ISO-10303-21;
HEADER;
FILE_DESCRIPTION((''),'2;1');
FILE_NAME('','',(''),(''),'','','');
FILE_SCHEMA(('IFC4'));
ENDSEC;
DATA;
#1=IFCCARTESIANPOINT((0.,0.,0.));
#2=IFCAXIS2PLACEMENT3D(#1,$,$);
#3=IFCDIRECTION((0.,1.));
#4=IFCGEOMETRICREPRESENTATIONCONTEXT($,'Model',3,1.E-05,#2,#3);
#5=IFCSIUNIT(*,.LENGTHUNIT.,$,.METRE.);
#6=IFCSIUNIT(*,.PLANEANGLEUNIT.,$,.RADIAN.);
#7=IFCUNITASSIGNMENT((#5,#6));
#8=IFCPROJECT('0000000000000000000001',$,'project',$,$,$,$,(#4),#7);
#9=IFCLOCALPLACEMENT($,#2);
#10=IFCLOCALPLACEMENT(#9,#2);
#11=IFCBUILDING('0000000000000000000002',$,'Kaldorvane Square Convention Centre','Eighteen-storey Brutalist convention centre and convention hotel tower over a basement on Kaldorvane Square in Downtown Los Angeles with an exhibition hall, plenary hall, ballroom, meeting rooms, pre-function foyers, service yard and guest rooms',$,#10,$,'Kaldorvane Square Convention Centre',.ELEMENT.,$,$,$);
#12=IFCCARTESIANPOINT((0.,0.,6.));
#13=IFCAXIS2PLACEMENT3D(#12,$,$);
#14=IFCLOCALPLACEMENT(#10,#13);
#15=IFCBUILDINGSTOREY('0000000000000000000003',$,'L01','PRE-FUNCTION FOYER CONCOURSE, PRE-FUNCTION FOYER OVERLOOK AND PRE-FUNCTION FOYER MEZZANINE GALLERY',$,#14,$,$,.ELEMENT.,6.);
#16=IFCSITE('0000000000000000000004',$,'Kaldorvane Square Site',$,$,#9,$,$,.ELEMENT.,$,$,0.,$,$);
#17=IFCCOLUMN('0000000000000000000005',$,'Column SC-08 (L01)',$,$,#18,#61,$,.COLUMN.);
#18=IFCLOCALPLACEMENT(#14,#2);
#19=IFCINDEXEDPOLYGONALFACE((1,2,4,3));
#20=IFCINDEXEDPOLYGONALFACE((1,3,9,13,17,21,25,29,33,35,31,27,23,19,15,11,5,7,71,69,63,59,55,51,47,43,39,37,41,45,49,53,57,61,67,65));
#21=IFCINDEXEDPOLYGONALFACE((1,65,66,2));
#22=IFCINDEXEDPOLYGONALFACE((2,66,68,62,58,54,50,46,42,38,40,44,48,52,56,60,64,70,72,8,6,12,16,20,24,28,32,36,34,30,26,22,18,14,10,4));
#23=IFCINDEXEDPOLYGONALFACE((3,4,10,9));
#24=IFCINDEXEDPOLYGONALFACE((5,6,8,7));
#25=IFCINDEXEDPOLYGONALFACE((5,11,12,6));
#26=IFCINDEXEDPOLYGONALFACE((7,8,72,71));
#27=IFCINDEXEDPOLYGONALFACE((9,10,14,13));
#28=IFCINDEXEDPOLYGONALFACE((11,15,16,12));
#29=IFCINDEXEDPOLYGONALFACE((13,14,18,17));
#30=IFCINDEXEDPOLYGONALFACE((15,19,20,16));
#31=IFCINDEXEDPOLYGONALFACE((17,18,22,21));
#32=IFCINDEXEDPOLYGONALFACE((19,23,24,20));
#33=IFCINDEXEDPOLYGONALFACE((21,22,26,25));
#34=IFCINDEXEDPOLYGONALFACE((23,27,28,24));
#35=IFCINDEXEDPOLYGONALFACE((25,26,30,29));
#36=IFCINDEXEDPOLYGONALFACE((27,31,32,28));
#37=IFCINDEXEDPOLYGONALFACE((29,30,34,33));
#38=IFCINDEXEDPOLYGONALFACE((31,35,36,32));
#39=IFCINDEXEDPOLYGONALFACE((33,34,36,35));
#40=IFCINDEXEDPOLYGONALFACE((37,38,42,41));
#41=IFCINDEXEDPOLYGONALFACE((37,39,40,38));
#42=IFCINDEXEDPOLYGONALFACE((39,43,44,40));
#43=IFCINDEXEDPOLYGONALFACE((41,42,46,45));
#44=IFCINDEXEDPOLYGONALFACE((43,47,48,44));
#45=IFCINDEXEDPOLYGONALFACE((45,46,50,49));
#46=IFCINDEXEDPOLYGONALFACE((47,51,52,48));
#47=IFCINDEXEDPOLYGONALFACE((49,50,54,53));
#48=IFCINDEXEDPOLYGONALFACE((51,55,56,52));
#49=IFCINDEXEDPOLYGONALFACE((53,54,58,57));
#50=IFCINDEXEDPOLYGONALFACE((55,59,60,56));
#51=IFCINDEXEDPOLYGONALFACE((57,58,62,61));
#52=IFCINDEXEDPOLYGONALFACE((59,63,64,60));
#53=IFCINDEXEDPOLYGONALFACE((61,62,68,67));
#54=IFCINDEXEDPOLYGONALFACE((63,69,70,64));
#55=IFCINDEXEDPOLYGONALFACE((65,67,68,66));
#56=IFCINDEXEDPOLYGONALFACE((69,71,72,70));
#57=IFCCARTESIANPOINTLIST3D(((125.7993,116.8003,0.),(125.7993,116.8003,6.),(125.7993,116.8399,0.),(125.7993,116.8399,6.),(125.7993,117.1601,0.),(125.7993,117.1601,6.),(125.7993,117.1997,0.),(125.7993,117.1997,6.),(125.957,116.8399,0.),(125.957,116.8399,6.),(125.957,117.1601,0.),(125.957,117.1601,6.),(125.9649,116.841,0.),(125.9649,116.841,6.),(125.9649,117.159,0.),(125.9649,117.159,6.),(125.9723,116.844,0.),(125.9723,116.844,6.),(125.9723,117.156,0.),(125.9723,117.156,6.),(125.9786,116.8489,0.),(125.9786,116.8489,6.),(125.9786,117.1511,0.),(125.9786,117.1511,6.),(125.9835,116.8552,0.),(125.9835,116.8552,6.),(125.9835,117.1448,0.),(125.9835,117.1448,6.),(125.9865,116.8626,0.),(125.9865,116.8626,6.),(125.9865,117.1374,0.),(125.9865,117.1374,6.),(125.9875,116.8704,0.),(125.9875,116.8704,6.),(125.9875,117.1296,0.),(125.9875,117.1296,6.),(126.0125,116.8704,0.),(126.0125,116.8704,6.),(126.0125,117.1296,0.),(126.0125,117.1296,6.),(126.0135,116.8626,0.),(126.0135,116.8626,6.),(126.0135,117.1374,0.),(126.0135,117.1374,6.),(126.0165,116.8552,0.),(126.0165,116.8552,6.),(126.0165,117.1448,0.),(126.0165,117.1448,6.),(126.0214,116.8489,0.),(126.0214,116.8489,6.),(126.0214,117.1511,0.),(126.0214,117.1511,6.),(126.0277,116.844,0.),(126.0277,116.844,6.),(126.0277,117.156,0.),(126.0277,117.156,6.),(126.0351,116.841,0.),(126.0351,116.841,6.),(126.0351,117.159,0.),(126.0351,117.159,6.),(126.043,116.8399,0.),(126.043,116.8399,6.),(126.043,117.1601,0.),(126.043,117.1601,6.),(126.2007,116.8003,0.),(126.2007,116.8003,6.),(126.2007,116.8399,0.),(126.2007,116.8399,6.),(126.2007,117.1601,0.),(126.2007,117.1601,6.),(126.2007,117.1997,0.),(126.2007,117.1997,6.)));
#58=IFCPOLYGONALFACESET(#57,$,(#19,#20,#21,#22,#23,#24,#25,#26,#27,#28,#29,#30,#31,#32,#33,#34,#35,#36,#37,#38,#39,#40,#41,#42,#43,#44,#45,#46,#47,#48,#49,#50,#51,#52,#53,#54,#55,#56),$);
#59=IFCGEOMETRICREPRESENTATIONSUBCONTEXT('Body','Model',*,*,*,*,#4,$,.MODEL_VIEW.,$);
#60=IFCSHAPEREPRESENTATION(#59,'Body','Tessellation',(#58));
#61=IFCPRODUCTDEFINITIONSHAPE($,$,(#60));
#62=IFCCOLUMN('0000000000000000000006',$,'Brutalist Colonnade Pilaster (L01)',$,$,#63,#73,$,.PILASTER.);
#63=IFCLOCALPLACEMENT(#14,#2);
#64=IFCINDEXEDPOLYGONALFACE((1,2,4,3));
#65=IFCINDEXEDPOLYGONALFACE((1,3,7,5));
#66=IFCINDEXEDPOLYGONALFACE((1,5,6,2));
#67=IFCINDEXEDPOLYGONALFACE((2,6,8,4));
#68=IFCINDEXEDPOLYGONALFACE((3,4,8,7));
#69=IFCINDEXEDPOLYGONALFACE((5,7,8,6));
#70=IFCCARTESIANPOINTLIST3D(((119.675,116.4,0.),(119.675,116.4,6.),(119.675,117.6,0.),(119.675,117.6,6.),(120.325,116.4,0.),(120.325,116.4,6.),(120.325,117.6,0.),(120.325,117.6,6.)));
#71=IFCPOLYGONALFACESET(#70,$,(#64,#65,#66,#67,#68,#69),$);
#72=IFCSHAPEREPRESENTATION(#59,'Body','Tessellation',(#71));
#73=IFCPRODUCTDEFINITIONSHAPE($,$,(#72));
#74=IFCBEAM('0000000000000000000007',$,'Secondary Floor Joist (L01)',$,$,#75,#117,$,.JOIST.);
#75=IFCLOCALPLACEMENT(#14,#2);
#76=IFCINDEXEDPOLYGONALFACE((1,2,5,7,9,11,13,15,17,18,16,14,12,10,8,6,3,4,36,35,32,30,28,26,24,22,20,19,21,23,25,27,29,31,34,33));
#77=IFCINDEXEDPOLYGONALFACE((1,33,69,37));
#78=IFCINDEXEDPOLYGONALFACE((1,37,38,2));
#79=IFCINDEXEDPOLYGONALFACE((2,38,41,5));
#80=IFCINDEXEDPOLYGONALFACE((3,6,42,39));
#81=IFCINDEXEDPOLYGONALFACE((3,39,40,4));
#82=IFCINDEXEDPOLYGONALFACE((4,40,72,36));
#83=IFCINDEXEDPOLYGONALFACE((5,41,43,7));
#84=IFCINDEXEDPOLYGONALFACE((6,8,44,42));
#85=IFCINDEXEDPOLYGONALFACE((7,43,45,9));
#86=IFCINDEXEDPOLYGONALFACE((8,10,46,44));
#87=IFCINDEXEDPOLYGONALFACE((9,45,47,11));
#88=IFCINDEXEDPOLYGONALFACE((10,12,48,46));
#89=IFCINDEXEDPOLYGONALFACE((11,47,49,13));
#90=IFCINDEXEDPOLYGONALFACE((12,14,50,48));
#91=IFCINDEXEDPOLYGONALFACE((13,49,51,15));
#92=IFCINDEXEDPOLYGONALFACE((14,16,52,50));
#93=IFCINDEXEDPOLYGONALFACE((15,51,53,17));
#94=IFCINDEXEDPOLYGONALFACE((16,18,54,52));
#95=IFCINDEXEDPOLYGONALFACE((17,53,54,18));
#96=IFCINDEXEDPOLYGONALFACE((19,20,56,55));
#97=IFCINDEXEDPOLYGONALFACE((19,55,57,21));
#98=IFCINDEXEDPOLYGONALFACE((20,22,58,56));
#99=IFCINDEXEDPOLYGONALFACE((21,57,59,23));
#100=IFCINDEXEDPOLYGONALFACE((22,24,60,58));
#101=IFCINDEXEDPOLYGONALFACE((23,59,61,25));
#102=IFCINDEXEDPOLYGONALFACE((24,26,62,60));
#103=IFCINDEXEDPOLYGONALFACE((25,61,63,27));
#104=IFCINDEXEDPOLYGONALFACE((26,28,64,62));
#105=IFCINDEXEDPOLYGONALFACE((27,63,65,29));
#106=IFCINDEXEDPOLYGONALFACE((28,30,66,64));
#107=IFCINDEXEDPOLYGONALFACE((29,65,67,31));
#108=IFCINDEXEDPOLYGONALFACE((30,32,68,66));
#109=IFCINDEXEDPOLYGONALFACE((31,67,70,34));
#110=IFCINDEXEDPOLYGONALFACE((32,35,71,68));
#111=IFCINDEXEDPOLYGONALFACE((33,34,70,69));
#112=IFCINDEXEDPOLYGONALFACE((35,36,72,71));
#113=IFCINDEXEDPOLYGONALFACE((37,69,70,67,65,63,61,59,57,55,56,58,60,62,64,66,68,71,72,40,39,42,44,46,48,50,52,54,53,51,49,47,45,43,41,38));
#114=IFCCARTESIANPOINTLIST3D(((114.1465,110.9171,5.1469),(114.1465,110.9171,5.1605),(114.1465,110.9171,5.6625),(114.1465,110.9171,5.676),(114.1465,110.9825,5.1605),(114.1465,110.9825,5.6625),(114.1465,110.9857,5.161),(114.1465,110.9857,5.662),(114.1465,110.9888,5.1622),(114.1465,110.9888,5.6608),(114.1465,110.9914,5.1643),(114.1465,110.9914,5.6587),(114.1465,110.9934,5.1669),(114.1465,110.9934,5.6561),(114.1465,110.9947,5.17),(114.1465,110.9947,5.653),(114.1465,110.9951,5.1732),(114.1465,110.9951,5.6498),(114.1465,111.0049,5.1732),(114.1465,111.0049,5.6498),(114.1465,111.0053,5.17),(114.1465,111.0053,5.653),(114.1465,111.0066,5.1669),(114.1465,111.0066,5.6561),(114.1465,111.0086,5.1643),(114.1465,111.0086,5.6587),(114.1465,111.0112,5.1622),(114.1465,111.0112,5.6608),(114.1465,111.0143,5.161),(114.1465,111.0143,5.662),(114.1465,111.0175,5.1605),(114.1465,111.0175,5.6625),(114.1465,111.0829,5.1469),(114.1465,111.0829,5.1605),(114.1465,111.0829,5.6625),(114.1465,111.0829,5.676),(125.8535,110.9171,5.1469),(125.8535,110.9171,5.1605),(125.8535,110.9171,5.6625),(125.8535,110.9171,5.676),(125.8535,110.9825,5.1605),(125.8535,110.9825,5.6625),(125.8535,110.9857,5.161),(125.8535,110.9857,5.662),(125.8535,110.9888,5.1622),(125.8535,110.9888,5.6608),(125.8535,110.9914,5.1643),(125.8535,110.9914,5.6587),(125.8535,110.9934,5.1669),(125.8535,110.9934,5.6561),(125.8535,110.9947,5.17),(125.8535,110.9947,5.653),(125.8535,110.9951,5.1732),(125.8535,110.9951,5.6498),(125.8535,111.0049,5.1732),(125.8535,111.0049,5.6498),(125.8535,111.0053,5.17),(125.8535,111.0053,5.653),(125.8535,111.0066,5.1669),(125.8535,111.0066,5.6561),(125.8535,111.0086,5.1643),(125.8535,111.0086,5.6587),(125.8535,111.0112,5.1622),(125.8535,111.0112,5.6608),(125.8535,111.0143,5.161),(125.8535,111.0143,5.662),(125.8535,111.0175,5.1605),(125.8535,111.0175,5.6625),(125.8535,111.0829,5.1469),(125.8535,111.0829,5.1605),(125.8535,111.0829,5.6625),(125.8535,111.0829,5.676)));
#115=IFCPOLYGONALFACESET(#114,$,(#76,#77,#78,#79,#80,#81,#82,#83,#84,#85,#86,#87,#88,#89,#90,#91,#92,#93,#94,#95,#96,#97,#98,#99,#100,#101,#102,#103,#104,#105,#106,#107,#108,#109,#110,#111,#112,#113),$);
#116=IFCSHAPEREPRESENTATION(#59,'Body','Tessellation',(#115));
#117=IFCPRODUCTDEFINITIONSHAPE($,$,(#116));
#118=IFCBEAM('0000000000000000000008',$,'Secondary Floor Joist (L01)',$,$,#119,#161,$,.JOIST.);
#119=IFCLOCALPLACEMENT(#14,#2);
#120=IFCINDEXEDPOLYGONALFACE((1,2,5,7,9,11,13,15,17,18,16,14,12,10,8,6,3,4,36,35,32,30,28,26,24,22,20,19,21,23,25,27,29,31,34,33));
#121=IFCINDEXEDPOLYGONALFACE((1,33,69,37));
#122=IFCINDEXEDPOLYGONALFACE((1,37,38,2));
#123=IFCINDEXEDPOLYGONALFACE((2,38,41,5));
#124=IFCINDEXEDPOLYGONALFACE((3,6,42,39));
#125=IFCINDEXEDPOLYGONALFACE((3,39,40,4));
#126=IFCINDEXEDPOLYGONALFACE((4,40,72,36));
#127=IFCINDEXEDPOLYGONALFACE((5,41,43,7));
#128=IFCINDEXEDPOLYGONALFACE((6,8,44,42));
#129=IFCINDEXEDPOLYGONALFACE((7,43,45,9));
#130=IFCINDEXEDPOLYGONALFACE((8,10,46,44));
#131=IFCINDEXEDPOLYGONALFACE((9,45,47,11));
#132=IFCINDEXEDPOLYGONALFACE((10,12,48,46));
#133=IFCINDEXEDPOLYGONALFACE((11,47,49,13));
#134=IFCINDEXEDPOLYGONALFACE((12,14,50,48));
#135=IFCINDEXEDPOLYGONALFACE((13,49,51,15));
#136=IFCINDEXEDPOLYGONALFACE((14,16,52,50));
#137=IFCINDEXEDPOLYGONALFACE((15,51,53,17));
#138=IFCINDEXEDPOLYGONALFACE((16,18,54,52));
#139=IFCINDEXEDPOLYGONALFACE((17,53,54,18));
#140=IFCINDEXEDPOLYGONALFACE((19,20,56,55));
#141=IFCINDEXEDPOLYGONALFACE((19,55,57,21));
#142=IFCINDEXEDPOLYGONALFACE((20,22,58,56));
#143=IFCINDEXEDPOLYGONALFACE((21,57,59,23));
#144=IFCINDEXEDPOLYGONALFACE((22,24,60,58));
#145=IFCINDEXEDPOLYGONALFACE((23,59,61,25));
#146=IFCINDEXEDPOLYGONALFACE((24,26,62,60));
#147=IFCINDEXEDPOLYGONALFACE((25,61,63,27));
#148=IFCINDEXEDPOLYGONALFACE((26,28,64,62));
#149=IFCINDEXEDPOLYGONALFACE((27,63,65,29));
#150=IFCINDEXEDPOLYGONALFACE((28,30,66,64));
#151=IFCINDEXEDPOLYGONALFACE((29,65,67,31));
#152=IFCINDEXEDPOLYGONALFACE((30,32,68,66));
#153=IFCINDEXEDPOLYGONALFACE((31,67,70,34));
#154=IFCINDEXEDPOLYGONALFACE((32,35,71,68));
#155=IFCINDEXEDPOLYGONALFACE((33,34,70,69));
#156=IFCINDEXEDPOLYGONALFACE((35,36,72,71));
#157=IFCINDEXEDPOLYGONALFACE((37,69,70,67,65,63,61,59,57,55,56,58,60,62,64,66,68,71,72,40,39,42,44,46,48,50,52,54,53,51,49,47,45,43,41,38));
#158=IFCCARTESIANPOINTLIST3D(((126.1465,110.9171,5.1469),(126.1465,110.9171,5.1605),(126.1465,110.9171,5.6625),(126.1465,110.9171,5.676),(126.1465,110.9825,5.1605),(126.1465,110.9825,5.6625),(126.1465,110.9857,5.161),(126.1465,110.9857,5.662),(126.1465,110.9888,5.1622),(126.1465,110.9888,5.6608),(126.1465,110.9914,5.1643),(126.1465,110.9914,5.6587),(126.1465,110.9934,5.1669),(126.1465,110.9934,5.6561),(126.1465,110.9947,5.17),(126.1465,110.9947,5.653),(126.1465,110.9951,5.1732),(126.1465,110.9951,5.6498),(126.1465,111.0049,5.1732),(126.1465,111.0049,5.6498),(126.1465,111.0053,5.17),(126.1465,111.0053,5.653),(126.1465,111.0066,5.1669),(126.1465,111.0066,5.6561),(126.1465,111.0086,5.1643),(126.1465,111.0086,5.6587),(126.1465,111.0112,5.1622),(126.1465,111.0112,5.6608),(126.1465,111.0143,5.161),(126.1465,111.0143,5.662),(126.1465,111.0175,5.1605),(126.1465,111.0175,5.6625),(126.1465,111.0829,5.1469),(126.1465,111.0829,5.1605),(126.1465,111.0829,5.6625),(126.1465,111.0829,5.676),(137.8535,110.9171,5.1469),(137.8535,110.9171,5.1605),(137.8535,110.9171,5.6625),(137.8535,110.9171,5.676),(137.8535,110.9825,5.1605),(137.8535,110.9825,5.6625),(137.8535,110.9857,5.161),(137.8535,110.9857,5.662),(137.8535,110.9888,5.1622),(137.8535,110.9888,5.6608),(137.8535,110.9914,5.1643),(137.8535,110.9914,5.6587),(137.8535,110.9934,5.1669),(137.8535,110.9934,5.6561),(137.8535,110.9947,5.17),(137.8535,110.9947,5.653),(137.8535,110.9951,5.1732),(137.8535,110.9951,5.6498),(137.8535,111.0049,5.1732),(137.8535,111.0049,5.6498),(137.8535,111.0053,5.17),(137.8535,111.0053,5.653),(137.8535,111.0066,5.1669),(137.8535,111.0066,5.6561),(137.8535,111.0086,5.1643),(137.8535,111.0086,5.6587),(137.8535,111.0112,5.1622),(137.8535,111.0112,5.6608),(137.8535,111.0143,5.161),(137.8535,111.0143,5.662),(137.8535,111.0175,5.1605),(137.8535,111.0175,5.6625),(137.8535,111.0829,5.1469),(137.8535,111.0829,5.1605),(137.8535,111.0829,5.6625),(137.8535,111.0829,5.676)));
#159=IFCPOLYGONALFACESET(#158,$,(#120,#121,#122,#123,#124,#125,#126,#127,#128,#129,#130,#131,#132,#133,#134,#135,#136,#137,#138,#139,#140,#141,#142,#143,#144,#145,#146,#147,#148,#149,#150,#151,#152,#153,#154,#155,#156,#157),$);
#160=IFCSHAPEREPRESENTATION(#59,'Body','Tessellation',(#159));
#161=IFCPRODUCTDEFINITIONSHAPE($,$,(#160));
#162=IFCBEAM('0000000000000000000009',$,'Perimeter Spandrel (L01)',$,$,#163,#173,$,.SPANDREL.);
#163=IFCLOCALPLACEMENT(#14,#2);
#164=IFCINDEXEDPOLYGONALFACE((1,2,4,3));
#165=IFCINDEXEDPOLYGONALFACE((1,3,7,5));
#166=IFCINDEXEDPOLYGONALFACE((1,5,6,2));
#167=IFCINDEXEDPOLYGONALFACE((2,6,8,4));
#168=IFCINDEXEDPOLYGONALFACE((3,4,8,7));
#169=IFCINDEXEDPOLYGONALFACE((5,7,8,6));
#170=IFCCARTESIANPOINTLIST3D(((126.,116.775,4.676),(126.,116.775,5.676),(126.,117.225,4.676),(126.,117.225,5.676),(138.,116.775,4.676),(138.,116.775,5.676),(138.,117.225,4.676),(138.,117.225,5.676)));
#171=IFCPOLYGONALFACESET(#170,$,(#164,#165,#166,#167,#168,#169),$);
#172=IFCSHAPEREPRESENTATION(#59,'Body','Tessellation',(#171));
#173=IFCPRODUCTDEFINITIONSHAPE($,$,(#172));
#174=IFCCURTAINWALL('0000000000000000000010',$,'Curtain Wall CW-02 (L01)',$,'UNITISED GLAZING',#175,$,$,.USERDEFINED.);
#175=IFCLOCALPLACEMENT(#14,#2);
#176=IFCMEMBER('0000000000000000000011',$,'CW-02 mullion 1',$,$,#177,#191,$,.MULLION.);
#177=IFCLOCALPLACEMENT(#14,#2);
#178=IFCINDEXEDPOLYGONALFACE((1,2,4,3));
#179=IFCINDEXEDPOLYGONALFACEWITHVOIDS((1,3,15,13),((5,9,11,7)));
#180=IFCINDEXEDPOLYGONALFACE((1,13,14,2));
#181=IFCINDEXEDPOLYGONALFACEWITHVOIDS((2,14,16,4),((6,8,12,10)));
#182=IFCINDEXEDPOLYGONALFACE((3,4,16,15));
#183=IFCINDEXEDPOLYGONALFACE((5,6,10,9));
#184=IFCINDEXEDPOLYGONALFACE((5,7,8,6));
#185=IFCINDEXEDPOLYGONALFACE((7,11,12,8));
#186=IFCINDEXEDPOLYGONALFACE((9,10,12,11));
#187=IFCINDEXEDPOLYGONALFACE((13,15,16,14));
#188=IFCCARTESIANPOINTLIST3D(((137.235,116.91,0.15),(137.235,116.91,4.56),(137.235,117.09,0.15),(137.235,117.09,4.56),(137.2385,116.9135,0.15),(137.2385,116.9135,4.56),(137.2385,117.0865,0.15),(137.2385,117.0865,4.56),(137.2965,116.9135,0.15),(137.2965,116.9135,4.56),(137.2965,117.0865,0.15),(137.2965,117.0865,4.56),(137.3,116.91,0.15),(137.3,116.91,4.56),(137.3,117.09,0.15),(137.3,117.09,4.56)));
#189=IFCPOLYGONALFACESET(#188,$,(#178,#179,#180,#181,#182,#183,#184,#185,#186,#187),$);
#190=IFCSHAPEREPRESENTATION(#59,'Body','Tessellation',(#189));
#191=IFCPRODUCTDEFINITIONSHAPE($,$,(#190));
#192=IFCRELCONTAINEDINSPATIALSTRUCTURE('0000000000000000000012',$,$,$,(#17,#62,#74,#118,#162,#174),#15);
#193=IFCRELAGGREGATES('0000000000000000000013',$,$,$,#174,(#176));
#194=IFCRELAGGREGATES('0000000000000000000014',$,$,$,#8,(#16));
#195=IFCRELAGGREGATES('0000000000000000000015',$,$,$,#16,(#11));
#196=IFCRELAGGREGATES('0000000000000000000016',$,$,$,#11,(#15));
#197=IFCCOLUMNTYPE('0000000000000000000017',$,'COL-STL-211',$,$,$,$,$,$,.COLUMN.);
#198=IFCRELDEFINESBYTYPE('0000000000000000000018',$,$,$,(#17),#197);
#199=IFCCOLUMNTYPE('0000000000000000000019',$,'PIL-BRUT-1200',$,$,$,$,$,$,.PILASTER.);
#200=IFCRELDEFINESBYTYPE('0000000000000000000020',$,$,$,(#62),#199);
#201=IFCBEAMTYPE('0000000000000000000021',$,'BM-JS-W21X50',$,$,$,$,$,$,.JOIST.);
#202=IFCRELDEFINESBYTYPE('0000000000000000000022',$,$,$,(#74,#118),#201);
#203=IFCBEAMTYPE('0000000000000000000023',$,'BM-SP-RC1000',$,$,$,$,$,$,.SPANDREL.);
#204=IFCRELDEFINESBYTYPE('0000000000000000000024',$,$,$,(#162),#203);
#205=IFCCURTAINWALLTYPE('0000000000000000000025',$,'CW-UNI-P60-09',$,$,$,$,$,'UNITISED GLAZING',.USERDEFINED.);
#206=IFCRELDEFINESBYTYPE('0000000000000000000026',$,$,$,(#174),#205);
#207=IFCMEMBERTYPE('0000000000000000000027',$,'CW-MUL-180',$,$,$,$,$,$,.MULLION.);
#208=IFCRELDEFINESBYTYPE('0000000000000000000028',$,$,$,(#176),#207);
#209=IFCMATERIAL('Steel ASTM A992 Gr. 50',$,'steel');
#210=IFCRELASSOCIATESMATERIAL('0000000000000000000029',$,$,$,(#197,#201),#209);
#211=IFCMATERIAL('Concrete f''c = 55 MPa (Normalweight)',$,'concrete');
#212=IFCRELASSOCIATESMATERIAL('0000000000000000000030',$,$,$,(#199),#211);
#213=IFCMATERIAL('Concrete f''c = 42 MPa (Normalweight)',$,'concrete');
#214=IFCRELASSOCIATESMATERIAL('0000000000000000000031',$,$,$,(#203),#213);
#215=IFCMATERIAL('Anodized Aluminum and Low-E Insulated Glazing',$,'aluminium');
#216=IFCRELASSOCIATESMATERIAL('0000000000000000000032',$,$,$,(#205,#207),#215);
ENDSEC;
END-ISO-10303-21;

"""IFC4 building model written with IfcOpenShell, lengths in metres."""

from ifc_helpers import new_model, si_unit, direction, frame, origin, origin_2d, place, context, subcontext, project, spatial, rectangle, hollow_rectangle, i_section, extrude, material, material_profile, profile_set, type_object, element, aggregate, save


model = new_model("IFC4")

# Units and contexts
model_context = context("Model", 3, precision=1e-05, world=origin(), true_north=direction((0.0, 1.0)))
body_context = subcontext(model_context, "Body", "Model", "MODEL_VIEW")
ifc_project = project(units=[si_unit("LENGTHUNIT", "METRE"), si_unit("PLANEANGLEUNIT", "RADIAN")], contexts=[model_context])

# Site, building, storey
site_placement = place(None, origin())
site = spatial("IfcSite", under=ifc_project, at=site_placement, Name="Kaldorvane Square Site", CompositionType="ELEMENT", RefElevation=0.0)
building_placement = place(site_placement, origin())
building = spatial("IfcBuilding", under=site, at=building_placement, Name="Kaldorvane Square Convention Centre", Description="Eighteen-storey Brutalist convention centre and convention hotel tower over a basement on Kaldorvane Square in Downtown Los Angeles with an exhibition hall, plenary hall, ballroom, meeting rooms, pre-function foyers, service yard and guest rooms", LongName="Kaldorvane Square Convention Centre", CompositionType="ELEMENT")
storey_placement = place(building_placement, frame((0.0, 0.0, 6.0)))
storey = spatial("IfcBuildingStorey", under=building, at=storey_placement, Name="L01", Description="PRE-FUNCTION FOYER CONCOURSE, PRE-FUNCTION FOYER OVERLOOK AND PRE-FUNCTION FOYER MEZZANINE GALLERY", CompositionType="ELEMENT", Elevation=6.0)

# Columns
ifc_material_1 = material(Name="Steel ASTM A992 Gr. 50", Category="steel")
ifc_material_profile_1 = material_profile(ifc_material_1, i_section(OverallWidth=0.4013, OverallDepth=0.3993, WebThickness=0.0249, FlangeThickness=0.0396, FilletRadius=0.0305, at=origin_2d()), Name="W14X211")
ifc_profile_set_1 = profile_set([ifc_material_profile_1], Name="Steel ASTM A992 Gr. 50")
column_type_1 = type_object("IfcColumnType", Name="COL-STL-211", PredefinedType="COLUMN", material=ifc_profile_set_1)
column_1_placement = place(storey_placement, frame((126.0, 117.0, 0.0), z_axis=(0.0, 0.0, 1.0), x_axis=(1.0, 0.0, 0.0)))
element("IfcColumn", 1, at=column_1_placement, inside=storey, type_object=column_type_1, Name="Column SC-08 (L01)", PredefinedType="COLUMN", context=body_context, shape_type="SweptSolid", body=[
    extrude(i_section(OverallWidth=0.4013, OverallDepth=0.3993, WebThickness=0.0249, FlangeThickness=0.0396, FilletRadius=0.0305, at=origin_2d()), origin(), (0.0, 0.0, 1.0), 6.0),
])
ifc_material_2 = material(Name="Concrete f'c = 55 MPa (Normalweight)", Category="concrete")
ifc_material_profile_2 = material_profile(ifc_material_2, rectangle(XDim=0.65, YDim=1.2, at=origin_2d()), Name="PIL1200X650")
ifc_profile_set_2 = profile_set([ifc_material_profile_2], Name="Concrete f'c = 55 MPa (Normalweight)")
column_type_2 = type_object("IfcColumnType", Name="PIL-BRUT-1200", PredefinedType="PILASTER", material=ifc_profile_set_2)
column_2_placement = place(storey_placement, frame((120.0, 117.0, 0.0), z_axis=(0.0, 0.0, 1.0), x_axis=(1.0, 0.0, 0.0)))
element("IfcColumn", 2, at=column_2_placement, inside=storey, type_object=column_type_2, Name="Brutalist Colonnade Pilaster (L01)", PredefinedType="PILASTER", context=body_context, shape_type="SweptSolid", body=[
    extrude(rectangle(XDim=0.65, YDim=1.2, at=origin_2d()), origin(), (0.0, 0.0, 1.0), 6.0),
])

# Beams
ifc_material_profile_3 = material_profile(ifc_material_1, i_section(OverallWidth=0.1659, OverallDepth=0.5291, WebThickness=0.0097, FlangeThickness=0.0136, FilletRadius=0.0127, at=origin_2d()), Name="W21X50")
ifc_profile_set_3 = profile_set([ifc_material_profile_3], Name="Steel ASTM A992 Gr. 50")
beam_type_1 = type_object("IfcBeamType", Name="BM-JS-W21X50", PredefinedType="JOIST", material=ifc_profile_set_3)
for number, where, z_axis, x_axis, name in (
    (3, (114.1465, 111.0, 5.4115), (1.0, 0.0, 0.0), (0.0, 1.0, 0.0), "Secondary Floor Joist (L01)"),
    (4, (126.1465, 111.0, 5.4115), (1.0, 0.0, 0.0), (0.0, 1.0, 0.0), "Secondary Floor Joist (L01)"),
):
    element("IfcBeam", number, at=place(storey_placement, frame(where, z_axis=z_axis, x_axis=x_axis)), inside=storey, type_object=beam_type_1, Name=name, PredefinedType="JOIST", context=body_context, shape_type="SweptSolid", body=[
        extrude(i_section(OverallWidth=0.1659, OverallDepth=0.5291, WebThickness=0.0097, FlangeThickness=0.0136, FilletRadius=0.0127, at=origin_2d()), origin(), (0.0, 0.0, 1.0), 11.707),
    ])
ifc_material_3 = material(Name="Concrete f'c = 42 MPa (Normalweight)", Category="concrete")
ifc_material_profile_4 = material_profile(ifc_material_3, rectangle(XDim=0.45, YDim=1.0, at=origin_2d()), Name="RCSP1000X450")
ifc_profile_set_4 = profile_set([ifc_material_profile_4], Name="Concrete f'c = 42 MPa (Normalweight)")
beam_type_2 = type_object("IfcBeamType", Name="BM-SP-RC1000", PredefinedType="SPANDREL", material=ifc_profile_set_4)
beam_placement = place(storey_placement, frame((126.0, 117.0, 5.176), z_axis=(1.0, 0.0, 0.0), x_axis=(0.0, 1.0, 0.0)))
element("IfcBeam", 5, at=beam_placement, inside=storey, type_object=beam_type_2, Name="Perimeter Spandrel (L01)", PredefinedType="SPANDREL", context=body_context, shape_type="SweptSolid", body=[
    extrude(rectangle(XDim=0.45, YDim=1.0, at=origin_2d()), origin(), (0.0, 0.0, 1.0), 12.0),
])

# Curtain wall, member
ifc_material_4 = material(Name="Anodized Aluminum and Low-E Insulated Glazing", Category="aluminium")
curtain_wall_type = type_object("IfcCurtainWallType", Name="CW-UNI-P60-09", ElementType="UNITISED GLAZING", PredefinedType="USERDEFINED", material=ifc_material_4)
curtain_wall_placement = place(storey_placement, origin())
curtain_wall = element("IfcCurtainWall", 6, at=curtain_wall_placement, inside=storey, type_object=curtain_wall_type, Name="Curtain Wall CW-02 (L01)", ObjectType="UNITISED GLAZING", PredefinedType="USERDEFINED")
ifc_material_profile_5 = material_profile(ifc_material_4, hollow_rectangle(XDim=0.065, YDim=0.18, WallThickness=0.0035, at=origin_2d()), Name="CWM-180X65")
ifc_profile_set_5 = profile_set([ifc_material_profile_5], Name="Anodized Aluminum and Low-E Insulated Glazing")
member_type_1 = type_object("IfcMemberType", Name="CW-MUL-180", PredefinedType="MULLION", material=ifc_profile_set_5)
member_1_placement = place(storey_placement, frame((137.2675, 117.0, 0.15), z_axis=(0.0, 0.0, 1.0), x_axis=(-1.0, 0.0, 0.0)))
member_1 = element("IfcMember", 7, at=member_1_placement, type_object=member_type_1, Name="CW-02 mullion 1", PredefinedType="MULLION", context=body_context, shape_type="SweptSolid", body=[
    extrude(hollow_rectangle(XDim=0.065, YDim=0.18, WallThickness=0.0035, at=origin_2d()), origin(), (0.0, 0.0, 1.0), 4.41),
])
aggregate(curtain_wall, [member_1])

save(model, "model.ifc")
